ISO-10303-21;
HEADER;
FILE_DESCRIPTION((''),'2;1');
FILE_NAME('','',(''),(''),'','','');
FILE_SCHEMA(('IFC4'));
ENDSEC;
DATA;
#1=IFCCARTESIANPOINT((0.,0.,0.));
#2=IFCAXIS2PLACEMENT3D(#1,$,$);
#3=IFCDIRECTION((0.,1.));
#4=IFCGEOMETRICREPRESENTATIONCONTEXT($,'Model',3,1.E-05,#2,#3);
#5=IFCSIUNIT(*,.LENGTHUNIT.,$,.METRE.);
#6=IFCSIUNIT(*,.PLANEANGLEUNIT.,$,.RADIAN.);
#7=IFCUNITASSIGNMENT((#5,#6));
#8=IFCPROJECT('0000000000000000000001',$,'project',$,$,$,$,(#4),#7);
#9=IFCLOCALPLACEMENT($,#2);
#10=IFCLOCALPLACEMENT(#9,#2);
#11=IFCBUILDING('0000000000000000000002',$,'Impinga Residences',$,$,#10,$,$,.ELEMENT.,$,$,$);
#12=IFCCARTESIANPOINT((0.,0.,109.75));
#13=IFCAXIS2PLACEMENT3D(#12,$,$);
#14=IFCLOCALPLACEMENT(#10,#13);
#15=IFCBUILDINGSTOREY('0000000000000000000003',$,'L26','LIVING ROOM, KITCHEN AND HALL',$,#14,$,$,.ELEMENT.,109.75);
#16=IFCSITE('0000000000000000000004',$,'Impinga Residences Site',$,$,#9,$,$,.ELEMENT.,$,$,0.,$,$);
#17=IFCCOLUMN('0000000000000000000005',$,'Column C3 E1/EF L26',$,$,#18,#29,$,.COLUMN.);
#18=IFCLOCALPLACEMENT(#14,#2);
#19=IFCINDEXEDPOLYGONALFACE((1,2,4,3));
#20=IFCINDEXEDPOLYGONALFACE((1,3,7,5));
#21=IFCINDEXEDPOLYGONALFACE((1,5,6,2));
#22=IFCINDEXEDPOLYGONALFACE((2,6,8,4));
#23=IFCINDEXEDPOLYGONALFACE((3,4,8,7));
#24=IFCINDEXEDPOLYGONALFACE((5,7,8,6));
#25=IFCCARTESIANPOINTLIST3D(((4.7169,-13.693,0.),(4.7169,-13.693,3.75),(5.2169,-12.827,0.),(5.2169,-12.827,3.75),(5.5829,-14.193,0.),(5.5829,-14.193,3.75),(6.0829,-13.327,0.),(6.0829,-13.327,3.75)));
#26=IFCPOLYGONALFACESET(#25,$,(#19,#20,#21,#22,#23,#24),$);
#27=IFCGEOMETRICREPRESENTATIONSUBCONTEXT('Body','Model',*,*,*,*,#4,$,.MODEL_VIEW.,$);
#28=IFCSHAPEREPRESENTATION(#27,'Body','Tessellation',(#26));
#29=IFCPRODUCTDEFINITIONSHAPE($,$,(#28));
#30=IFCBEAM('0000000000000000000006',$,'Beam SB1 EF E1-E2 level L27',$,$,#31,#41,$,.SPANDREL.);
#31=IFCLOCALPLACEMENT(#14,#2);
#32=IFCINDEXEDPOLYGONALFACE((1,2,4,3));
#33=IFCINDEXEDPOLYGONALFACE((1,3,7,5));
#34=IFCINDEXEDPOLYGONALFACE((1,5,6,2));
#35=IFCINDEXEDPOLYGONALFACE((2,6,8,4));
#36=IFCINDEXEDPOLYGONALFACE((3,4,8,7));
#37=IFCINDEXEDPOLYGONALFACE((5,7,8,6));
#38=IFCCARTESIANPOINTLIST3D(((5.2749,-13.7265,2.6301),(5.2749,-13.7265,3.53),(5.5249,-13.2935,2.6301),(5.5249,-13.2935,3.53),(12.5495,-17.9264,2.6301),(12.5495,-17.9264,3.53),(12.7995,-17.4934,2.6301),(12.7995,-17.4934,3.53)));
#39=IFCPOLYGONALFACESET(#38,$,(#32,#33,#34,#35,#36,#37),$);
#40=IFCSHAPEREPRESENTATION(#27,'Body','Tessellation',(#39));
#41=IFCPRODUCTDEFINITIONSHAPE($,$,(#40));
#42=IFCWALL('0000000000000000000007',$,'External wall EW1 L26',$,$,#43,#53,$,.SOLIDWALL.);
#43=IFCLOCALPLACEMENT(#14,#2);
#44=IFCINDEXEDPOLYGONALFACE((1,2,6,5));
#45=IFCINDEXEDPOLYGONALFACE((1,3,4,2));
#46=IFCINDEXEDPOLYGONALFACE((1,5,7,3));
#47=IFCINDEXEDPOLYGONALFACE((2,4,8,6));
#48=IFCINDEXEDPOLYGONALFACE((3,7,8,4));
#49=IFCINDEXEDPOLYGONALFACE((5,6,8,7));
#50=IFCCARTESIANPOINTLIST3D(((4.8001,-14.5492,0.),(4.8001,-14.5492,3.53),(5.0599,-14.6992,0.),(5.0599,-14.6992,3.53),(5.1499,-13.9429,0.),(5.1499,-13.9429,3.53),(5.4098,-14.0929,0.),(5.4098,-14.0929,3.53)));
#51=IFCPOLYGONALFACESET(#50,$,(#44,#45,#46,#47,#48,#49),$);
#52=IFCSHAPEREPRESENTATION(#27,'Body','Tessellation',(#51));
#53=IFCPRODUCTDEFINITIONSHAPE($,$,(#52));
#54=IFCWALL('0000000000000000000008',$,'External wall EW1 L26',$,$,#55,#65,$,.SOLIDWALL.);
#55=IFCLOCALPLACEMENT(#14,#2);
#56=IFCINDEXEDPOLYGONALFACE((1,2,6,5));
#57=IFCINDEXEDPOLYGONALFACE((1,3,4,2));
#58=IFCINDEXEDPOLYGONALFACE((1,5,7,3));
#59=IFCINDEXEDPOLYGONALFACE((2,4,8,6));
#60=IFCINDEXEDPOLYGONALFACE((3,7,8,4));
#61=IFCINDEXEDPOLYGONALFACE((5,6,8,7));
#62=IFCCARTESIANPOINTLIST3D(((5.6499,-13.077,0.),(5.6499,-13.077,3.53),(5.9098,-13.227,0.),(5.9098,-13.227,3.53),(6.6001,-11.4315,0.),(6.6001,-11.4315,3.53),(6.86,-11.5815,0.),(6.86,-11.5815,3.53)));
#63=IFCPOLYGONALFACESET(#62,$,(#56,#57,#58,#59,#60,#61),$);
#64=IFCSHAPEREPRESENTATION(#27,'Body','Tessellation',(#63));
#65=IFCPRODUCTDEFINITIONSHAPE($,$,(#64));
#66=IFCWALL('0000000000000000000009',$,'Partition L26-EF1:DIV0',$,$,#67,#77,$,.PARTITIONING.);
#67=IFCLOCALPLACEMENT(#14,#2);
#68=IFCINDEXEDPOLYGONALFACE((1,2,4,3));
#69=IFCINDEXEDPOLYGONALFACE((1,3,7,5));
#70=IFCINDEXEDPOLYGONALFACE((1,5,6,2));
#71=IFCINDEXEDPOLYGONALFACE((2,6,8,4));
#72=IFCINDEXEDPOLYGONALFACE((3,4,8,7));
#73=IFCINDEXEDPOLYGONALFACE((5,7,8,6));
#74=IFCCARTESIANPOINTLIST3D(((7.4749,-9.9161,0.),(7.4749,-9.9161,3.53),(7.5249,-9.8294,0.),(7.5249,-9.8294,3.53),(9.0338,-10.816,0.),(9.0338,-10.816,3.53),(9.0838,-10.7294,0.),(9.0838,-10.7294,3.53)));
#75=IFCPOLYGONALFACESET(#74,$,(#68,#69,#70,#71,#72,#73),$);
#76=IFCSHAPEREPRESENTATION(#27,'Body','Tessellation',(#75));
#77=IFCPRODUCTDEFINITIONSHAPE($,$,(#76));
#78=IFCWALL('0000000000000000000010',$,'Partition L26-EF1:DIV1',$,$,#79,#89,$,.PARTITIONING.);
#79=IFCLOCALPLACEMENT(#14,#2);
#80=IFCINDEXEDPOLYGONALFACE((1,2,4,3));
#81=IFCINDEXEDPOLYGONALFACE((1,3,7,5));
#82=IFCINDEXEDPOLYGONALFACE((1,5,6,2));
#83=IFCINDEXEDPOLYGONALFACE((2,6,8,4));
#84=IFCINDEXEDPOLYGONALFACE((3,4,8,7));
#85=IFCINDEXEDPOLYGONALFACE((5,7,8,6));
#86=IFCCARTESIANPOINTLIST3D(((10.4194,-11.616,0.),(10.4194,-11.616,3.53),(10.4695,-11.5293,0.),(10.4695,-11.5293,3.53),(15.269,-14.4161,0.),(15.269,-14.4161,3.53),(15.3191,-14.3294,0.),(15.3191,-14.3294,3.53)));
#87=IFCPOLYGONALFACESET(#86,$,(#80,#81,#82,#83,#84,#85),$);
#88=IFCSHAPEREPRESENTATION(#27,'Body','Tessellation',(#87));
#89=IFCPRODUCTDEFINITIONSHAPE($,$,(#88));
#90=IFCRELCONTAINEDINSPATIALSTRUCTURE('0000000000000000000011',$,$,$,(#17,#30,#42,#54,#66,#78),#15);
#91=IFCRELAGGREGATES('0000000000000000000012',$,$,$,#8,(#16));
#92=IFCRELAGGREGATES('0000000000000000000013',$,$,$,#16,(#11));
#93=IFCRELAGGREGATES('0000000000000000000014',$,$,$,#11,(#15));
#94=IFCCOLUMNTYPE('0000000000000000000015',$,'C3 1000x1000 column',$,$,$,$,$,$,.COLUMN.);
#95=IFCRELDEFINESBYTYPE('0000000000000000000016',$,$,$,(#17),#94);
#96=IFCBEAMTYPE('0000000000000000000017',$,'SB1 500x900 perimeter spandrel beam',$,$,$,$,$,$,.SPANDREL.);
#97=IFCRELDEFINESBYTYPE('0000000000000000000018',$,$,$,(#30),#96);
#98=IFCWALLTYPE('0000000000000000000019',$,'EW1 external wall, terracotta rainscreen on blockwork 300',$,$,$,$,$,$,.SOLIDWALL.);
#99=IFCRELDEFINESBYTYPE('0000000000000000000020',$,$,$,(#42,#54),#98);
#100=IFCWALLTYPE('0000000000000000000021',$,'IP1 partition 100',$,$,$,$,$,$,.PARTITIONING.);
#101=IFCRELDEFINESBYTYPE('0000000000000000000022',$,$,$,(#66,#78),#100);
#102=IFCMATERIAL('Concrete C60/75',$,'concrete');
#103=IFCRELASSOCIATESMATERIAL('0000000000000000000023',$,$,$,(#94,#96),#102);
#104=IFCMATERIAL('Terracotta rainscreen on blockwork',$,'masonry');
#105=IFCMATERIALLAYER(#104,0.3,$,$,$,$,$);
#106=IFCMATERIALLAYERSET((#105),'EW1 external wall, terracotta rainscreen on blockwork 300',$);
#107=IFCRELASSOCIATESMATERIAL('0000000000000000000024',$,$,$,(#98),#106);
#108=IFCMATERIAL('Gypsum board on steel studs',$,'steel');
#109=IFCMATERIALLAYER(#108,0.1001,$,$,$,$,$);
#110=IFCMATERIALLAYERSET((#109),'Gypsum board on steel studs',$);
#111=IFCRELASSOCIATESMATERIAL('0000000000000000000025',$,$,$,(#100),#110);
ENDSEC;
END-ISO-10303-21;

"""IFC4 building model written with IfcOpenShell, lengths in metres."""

from ifc_helpers import new_model, si_unit, direction, frame, frame_2d, origin, origin_2d, place, context, subcontext, project, spatial, rectangle, extrude, material, layer, layer_set, material_profile, profile_set, type_object, element, save


model = new_model("IFC4")

# Units and contexts
model_context = context("Model", 3, precision=1e-05, world=origin(), true_north=direction((0.0, 1.0)))
body_context = subcontext(model_context, "Body", "Model", "MODEL_VIEW")
ifc_project = project(units=[si_unit("LENGTHUNIT", "METRE"), si_unit("PLANEANGLEUNIT", "RADIAN")], contexts=[model_context])

# Site, building, storey
site_placement = place(None, origin())
site = spatial("IfcSite", under=ifc_project, at=site_placement, Name="Impinga Residences Site", CompositionType="ELEMENT", RefElevation=0.0)
building_placement = place(site_placement, origin())
building = spatial("IfcBuilding", under=site, at=building_placement, Name="Impinga Residences", CompositionType="ELEMENT")
storey_placement = place(building_placement, frame((0.0, 0.0, 109.75)))
storey = spatial("IfcBuildingStorey", under=building, at=storey_placement, Name="L26", Description="LIVING ROOM, KITCHEN AND HALL", CompositionType="ELEMENT", Elevation=109.75)

# Column
ifc_material_1 = material(Name="Concrete C60/75", Category="concrete")
ifc_material_profile_1 = material_profile(ifc_material_1, rectangle(XDim=1.0, YDim=1.0, at=origin_2d()), Name="RC 1000x1000")
ifc_profile_set_1 = profile_set([ifc_material_profile_1], Name="Concrete C60/75")
column_type = type_object("IfcColumnType", Name="C3 1000x1000 column", PredefinedType="COLUMN", material=ifc_profile_set_1)
column_placement = place(storey_placement, frame((5.3999, -13.51, 0.0), z_axis=(0.0, 0.0, 1.0), x_axis=(-0.5, -0.866025, 0.0)))
element("IfcColumn", 1, at=column_placement, inside=storey, type_object=column_type, Name="Column C3 E1/EF L26", PredefinedType="COLUMN", context=body_context, shape_type="SweptSolid", body=[
    extrude(rectangle(XDim=1.0, YDim=1.0, at=origin_2d()), origin(), (0.0, 0.0, 1.0), 3.75),
])

# Beam
ifc_material_profile_2 = material_profile(ifc_material_1, rectangle(XDim=0.5, YDim=0.8999, at=origin_2d()), Name="RC 500x900")
ifc_profile_set_2 = profile_set([ifc_material_profile_2], Name="Concrete C60/75")
beam_type = type_object("IfcBeamType", Name="SB1 500x900 perimeter spandrel beam", PredefinedType="SPANDREL", material=ifc_profile_set_2)
beam_placement = place(storey_placement, frame((5.3999, -13.51, 3.0801), z_axis=(0.866029, -0.499993, 0.0), x_axis=(0.499993, 0.866029, 0.0)))
element("IfcBeam", 2, at=beam_placement, inside=storey, type_object=beam_type, Name="Beam SB1 EF E1-E2 level L27", PredefinedType="SPANDREL", context=body_context, shape_type="SweptSolid", body=[
    extrude(rectangle(XDim=0.5, YDim=0.8999, at=origin_2d()), origin(), (0.0, 0.0, 1.0), 8.3999),
])

# Walls
ifc_material_2 = material(Name="Terracotta rainscreen on blockwork", Category="masonry")
ifc_layer_1 = layer(ifc_material_2, 0.3)
ifc_layer_set_1 = layer_set([ifc_layer_1], Name="EW1 external wall, terracotta rainscreen on blockwork 300")
wall_type_1 = type_object("IfcWallType", Name="EW1 external wall, terracotta rainscreen on blockwork 300", PredefinedType="SOLIDWALL", material=ifc_layer_set_1)
wall_1_placement = place(storey_placement, frame((4.9299, -14.6243, 0.0), z_axis=(0.0, 0.0, 1.0), x_axis=(0.499853, 0.86611, 0.0)))
element("IfcWall", 3, at=wall_1_placement, inside=storey, type_object=wall_type_1, Name="External wall EW1 L26", PredefinedType="SOLIDWALL", context=body_context, shape_type="SweptSolid", body=[
    extrude(rectangle(XDim=0.7, YDim=0.3, at=frame_2d((0.3501, 0.0))), origin(), (0.0, 0.0, 1.0), 3.53),
])
wall_2_placement = place(storey_placement, frame((5.7798, -13.1521, 0.0), z_axis=(0.0, 0.0, 1.0), x_axis=(0.500064, 0.865989, 0.0)))
element("IfcWall", 4, at=wall_2_placement, inside=storey, type_object=wall_type_1, Name="External wall EW1 L26", PredefinedType="SOLIDWALL", context=body_context, shape_type="SweptSolid", body=[
    extrude(rectangle(XDim=1.9001, YDim=0.3, at=frame_2d((0.9502, 0.0))), origin(), (0.0, 0.0, 1.0), 3.53),
])
ifc_material_3 = material(Name="Gypsum board on steel studs", Category="steel")
ifc_layer_2 = layer(ifc_material_3, 0.1001)
ifc_layer_set_2 = layer_set([ifc_layer_2], Name="Gypsum board on steel studs")
wall_type_2 = type_object("IfcWallType", Name="IP1 partition 100", PredefinedType="PARTITIONING", material=ifc_layer_set_2)
wall_3_placement = place(storey_placement, frame((7.5, -9.8728, 0.0), z_axis=(0.0, 0.0, 1.0), x_axis=(0.866048, -0.499961, 0.0)))
element("IfcWall", 5, at=wall_3_placement, inside=storey, type_object=wall_type_2, Name="Partition L26-EF1:DIV0", PredefinedType="PARTITIONING", context=body_context, shape_type="SweptSolid", body=[
    extrude(rectangle(XDim=1.8, YDim=0.1001, at=frame_2d((0.8999, 0.0))), origin(), (0.0, 0.0, 1.0), 3.53),
])
wall_4_placement = place(storey_placement, frame((10.4446, -11.5728, 0.0), z_axis=(0.0, 0.0, 1.0), x_axis=(0.866016, -0.500017, 0.0)))
element("IfcWall", 6, at=wall_4_placement, inside=storey, type_object=wall_type_2, Name="Partition L26-EF1:DIV1", PredefinedType="PARTITIONING", context=body_context, shape_type="SweptSolid", body=[
    extrude(rectangle(XDim=5.5999, YDim=0.1001, at=frame_2d((2.7998, 0.0))), origin(), (0.0, 0.0, 1.0), 3.53),
])

save(model, "model.ifc")
